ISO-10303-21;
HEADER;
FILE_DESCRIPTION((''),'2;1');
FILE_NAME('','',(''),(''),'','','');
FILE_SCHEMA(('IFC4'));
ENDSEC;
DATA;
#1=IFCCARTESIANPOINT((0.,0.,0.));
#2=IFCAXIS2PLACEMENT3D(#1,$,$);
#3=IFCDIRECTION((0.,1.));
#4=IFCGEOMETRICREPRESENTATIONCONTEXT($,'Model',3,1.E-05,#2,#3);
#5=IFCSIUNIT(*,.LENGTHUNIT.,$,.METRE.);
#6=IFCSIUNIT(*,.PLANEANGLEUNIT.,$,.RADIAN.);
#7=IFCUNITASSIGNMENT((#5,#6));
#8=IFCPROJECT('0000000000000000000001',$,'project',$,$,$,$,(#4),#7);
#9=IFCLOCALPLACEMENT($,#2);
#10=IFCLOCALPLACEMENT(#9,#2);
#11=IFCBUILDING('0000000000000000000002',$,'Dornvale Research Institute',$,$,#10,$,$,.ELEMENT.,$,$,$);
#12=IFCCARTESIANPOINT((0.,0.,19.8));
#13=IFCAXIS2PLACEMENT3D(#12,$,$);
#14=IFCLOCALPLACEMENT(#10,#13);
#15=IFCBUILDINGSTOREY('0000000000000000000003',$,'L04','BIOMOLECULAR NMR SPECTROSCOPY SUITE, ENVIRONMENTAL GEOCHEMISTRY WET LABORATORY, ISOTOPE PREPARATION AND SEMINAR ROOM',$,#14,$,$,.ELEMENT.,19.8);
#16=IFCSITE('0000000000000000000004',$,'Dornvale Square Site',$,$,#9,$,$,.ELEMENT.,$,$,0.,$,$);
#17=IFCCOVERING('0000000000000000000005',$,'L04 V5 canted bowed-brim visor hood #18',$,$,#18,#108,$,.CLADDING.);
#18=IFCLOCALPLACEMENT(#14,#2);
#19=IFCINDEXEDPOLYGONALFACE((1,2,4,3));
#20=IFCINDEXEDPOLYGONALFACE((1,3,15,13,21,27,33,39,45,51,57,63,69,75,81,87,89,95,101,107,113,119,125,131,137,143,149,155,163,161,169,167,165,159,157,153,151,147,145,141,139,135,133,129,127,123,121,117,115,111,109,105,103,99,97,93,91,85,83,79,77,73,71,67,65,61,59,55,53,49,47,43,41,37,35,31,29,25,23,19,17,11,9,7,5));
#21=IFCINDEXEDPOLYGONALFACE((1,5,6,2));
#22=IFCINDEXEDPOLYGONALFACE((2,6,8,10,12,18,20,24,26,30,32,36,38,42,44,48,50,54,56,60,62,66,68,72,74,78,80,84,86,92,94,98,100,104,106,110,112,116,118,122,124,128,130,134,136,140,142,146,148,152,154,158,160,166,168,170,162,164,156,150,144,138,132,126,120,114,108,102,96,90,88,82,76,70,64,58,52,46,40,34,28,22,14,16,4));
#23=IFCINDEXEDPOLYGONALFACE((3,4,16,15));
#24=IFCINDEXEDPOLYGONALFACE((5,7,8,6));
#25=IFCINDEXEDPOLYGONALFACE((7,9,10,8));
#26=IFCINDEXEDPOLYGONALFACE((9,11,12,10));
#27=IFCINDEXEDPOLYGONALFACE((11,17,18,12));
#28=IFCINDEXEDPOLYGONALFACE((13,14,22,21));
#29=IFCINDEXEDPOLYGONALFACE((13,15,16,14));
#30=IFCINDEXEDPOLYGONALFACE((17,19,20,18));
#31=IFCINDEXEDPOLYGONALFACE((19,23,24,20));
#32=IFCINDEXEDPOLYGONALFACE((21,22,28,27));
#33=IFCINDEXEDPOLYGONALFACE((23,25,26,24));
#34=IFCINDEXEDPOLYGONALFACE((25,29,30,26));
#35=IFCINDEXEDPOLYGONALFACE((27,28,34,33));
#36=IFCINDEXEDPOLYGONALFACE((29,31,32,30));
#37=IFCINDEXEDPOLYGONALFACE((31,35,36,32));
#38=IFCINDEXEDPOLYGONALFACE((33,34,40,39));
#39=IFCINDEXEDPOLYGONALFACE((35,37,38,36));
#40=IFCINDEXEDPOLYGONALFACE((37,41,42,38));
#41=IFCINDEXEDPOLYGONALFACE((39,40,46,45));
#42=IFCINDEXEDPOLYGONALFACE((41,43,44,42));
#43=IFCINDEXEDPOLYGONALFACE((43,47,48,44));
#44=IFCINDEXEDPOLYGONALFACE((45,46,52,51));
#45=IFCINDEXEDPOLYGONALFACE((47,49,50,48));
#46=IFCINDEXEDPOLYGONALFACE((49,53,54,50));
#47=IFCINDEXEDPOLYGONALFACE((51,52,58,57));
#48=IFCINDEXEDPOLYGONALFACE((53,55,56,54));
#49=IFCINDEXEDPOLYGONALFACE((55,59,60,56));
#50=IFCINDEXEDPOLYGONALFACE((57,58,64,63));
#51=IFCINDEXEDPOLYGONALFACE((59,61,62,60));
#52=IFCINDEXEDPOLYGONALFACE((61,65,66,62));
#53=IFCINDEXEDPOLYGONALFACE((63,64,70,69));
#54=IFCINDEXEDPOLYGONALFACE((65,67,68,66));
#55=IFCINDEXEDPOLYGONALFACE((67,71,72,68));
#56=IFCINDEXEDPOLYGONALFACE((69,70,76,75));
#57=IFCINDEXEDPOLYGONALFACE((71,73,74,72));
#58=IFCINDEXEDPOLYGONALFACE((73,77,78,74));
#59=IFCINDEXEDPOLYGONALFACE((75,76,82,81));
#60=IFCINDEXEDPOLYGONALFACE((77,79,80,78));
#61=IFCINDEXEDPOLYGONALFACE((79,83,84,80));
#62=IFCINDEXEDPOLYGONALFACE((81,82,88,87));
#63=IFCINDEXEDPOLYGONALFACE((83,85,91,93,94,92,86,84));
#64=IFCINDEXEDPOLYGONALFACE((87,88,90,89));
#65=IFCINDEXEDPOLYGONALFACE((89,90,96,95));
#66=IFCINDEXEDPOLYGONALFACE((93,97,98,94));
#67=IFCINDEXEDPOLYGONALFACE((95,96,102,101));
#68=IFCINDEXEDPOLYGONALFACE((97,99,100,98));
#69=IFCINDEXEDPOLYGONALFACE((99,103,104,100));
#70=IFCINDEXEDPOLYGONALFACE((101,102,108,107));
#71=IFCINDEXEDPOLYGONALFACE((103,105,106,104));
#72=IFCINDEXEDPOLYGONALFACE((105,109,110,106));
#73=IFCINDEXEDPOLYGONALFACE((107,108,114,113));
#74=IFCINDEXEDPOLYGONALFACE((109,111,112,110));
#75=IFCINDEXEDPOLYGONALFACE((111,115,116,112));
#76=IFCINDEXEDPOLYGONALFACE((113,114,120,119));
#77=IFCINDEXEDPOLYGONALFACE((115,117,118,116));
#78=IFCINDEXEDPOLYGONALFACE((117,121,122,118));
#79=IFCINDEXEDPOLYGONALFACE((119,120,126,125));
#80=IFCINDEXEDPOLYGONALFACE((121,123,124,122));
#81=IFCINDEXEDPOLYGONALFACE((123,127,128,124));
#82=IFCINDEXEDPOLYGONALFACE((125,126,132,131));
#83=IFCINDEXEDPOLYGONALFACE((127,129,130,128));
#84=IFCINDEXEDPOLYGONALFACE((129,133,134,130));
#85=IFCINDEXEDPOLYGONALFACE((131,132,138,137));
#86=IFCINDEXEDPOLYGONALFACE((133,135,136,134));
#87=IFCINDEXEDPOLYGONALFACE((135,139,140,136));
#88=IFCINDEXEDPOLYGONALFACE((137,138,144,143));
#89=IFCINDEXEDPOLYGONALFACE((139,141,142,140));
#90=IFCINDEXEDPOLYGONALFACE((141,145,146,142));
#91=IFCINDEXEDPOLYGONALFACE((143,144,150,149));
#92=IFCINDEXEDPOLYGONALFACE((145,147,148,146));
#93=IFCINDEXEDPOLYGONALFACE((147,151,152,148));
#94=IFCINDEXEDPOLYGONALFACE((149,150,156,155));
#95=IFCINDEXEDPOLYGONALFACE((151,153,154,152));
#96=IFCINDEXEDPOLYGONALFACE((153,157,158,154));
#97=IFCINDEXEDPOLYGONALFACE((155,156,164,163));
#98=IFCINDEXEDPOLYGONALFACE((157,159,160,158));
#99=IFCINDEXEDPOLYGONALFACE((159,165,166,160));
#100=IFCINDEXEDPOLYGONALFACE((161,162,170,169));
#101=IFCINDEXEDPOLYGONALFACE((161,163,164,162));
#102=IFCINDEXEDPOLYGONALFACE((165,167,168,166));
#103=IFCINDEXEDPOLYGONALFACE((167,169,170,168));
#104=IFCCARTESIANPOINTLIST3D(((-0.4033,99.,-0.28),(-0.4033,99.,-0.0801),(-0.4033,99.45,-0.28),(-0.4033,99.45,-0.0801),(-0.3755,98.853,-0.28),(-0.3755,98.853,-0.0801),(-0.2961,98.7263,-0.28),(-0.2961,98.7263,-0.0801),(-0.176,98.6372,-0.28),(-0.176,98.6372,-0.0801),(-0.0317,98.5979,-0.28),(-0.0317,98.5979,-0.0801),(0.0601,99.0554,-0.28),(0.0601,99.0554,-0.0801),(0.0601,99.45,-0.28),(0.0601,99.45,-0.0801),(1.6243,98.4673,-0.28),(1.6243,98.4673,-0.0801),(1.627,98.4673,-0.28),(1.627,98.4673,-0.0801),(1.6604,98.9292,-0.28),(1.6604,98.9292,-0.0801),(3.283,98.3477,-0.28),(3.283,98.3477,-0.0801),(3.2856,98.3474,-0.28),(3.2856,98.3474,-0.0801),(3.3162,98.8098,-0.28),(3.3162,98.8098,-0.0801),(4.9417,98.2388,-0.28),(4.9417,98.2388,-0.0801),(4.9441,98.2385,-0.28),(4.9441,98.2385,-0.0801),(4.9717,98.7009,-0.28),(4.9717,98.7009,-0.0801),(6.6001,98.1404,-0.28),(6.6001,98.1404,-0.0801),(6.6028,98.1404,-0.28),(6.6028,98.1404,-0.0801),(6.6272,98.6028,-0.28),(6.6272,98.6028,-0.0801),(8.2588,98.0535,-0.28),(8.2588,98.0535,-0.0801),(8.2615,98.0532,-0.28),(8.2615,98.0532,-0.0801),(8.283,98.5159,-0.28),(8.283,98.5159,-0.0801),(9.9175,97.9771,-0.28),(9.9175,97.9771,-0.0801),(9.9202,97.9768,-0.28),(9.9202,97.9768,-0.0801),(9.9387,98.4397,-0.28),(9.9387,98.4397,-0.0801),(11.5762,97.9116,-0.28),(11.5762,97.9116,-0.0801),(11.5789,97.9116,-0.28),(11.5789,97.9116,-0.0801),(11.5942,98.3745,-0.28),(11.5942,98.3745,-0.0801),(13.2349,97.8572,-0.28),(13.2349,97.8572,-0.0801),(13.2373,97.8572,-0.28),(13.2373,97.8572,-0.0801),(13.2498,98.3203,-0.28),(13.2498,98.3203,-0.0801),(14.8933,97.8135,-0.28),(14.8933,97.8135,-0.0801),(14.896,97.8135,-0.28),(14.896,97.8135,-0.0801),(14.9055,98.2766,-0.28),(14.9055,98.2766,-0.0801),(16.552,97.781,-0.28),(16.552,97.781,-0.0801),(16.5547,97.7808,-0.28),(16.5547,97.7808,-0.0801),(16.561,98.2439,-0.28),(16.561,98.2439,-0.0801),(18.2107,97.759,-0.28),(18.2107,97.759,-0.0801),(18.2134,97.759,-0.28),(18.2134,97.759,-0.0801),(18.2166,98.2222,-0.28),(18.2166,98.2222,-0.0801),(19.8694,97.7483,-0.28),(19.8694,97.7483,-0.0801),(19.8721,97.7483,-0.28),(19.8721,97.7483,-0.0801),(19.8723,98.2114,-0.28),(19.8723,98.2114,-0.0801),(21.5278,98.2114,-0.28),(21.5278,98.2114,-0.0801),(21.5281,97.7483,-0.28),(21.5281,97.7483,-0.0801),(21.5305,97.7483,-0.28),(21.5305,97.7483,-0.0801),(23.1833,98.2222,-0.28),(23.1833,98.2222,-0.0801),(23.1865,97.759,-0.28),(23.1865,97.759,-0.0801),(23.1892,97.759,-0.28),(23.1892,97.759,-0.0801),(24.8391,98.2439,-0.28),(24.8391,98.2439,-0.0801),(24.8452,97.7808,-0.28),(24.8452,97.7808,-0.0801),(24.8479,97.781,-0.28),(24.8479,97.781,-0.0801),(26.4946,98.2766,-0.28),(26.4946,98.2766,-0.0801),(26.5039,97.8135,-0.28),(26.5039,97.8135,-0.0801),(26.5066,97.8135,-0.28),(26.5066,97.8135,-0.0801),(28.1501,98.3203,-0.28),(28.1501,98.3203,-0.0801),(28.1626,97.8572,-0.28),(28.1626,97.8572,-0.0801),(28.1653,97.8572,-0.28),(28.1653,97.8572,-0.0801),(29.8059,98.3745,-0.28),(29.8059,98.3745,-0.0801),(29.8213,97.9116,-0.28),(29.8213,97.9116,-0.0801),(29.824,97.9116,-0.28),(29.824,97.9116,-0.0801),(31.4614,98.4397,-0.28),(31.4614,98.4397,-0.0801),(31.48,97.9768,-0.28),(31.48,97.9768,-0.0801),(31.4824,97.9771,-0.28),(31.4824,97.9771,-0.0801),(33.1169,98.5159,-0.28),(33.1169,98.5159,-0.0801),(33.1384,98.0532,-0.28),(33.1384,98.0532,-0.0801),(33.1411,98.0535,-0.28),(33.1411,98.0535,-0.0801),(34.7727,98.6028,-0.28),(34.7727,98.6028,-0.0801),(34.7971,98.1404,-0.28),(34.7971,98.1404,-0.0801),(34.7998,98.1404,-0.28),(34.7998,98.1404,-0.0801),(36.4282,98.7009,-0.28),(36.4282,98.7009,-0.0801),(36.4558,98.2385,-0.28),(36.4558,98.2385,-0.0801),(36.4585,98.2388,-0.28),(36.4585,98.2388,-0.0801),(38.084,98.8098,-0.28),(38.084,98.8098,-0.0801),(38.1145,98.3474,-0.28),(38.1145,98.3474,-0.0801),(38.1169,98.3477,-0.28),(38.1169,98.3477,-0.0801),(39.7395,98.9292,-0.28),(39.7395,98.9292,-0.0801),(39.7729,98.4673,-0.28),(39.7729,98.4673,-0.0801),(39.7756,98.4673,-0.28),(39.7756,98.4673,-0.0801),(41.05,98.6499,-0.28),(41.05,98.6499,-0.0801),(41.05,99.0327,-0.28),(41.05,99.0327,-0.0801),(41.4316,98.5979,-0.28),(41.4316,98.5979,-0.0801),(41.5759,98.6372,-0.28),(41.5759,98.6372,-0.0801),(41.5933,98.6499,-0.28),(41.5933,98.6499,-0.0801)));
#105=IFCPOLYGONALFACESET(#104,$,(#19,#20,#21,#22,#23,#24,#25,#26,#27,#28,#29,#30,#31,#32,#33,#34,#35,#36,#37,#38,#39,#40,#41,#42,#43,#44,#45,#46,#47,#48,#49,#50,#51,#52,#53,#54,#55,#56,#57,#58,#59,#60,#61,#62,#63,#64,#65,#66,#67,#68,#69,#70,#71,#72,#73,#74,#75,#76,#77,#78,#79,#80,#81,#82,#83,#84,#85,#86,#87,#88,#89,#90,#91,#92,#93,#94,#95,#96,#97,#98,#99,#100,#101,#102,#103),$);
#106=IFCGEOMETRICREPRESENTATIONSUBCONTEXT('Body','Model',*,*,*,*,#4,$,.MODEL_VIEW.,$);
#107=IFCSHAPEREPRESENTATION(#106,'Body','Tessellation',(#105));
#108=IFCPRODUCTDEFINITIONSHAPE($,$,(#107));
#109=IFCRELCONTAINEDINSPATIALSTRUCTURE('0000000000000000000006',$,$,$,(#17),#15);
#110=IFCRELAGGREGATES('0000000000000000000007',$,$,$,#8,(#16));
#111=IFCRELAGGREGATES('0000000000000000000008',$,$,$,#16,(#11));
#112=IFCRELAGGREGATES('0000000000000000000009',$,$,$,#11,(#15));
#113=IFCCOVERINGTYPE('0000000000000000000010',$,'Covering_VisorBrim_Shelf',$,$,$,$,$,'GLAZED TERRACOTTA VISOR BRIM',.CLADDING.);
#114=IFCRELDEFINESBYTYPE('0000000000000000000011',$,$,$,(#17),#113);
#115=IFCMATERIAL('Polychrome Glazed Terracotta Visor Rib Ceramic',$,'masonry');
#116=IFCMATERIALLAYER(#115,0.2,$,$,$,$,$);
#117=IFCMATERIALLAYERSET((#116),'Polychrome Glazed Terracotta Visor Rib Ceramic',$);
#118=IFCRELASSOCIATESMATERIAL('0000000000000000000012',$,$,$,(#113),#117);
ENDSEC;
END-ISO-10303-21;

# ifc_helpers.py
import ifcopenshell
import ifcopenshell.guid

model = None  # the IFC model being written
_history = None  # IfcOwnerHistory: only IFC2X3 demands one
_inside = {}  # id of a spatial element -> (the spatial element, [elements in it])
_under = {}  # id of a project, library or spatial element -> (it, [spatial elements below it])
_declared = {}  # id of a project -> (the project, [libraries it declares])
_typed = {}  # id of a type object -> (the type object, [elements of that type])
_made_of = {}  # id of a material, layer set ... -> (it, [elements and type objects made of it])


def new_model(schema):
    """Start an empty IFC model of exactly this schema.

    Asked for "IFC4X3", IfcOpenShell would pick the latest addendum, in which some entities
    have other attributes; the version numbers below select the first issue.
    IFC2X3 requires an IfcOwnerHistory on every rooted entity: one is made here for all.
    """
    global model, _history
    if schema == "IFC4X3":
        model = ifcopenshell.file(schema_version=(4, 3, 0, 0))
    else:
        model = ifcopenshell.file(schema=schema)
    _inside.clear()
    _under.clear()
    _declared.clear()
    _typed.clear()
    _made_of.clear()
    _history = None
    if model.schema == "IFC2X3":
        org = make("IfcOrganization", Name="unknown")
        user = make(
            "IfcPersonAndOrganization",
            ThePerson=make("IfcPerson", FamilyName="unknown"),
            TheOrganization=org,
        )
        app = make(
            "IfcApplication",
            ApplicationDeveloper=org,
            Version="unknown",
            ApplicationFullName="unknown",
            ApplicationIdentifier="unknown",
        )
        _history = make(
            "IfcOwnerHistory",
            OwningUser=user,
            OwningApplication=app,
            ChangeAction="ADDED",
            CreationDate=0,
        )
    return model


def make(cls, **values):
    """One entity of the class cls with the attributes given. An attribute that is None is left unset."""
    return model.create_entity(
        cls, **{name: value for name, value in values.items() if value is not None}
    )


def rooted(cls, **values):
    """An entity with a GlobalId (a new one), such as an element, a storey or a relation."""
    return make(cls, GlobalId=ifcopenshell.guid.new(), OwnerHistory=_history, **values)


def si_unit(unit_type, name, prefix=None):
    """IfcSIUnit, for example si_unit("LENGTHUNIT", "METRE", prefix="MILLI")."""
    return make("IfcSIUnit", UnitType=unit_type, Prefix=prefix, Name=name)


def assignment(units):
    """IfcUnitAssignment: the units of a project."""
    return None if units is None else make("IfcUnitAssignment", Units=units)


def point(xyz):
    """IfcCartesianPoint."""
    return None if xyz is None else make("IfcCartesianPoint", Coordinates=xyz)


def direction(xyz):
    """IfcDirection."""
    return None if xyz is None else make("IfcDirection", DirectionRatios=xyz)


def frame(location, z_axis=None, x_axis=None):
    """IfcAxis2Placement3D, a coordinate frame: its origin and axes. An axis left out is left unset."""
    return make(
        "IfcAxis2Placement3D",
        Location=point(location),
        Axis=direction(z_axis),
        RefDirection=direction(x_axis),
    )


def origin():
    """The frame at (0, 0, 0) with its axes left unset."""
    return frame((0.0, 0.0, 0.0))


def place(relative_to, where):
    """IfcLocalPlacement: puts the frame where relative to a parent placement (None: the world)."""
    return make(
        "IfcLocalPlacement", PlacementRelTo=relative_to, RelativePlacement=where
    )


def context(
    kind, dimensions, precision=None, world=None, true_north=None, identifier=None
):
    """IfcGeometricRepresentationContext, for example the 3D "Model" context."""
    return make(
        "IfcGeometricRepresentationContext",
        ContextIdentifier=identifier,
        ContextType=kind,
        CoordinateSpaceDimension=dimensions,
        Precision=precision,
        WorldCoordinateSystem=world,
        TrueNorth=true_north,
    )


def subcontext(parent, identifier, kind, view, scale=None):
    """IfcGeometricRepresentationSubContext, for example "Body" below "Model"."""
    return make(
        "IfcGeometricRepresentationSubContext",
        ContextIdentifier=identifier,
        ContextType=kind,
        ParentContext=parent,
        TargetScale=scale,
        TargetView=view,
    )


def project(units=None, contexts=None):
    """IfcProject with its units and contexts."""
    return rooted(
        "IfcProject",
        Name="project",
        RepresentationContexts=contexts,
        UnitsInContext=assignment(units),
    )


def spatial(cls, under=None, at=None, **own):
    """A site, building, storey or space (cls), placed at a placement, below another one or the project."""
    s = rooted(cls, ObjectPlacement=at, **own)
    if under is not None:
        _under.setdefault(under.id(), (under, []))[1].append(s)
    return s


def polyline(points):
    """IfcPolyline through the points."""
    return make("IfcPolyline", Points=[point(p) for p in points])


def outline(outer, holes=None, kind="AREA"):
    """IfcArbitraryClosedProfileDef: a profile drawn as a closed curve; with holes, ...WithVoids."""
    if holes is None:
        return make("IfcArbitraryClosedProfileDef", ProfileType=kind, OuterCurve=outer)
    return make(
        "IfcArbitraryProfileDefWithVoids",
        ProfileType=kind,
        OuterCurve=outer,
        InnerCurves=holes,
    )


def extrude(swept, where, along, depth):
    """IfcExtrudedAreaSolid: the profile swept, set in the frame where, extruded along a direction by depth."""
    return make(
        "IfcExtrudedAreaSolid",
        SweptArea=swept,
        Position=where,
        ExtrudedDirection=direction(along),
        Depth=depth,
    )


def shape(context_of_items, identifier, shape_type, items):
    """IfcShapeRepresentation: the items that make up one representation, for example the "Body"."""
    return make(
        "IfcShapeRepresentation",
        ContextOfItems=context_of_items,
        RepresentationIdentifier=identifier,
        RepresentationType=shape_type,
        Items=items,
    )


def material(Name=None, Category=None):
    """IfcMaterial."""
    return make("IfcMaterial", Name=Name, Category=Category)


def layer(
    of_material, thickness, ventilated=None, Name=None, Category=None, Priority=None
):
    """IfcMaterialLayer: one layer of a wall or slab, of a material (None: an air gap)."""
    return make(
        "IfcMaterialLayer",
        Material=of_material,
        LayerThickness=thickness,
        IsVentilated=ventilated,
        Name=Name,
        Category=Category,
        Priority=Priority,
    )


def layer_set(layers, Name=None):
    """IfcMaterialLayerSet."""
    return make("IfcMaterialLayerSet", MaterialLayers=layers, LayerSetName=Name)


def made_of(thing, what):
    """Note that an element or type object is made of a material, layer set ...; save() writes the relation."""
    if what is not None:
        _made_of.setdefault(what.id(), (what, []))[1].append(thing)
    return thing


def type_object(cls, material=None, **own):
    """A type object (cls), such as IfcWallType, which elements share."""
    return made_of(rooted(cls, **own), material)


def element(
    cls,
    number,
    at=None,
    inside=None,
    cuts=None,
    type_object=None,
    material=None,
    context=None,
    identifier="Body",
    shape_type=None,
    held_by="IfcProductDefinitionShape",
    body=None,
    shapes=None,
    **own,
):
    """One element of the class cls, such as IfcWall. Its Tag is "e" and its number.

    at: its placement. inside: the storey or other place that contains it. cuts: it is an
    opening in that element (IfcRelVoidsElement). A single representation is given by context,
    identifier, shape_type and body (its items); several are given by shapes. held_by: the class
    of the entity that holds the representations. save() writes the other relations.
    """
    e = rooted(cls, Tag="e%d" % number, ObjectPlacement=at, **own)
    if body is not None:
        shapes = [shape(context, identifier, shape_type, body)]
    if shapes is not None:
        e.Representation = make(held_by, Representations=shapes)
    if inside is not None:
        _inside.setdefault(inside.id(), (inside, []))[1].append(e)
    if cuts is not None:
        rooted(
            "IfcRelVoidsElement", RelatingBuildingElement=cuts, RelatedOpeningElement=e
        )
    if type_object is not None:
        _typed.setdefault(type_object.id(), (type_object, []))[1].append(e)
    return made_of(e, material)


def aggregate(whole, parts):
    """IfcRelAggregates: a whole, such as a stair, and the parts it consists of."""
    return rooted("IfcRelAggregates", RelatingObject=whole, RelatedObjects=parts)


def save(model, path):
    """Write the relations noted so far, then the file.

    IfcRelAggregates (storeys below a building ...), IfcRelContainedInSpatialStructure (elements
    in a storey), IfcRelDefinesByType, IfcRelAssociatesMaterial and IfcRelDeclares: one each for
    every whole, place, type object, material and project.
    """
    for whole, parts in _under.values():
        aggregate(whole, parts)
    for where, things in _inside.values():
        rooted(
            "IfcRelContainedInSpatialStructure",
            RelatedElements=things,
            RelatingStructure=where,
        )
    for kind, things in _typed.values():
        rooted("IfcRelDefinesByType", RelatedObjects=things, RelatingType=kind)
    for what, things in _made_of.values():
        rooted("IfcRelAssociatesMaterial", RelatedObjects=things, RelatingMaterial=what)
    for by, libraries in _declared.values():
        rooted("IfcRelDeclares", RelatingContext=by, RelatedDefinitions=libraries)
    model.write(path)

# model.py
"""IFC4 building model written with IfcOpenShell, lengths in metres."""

from ifc_helpers import new_model, si_unit, direction, frame, origin, place, context, subcontext, project, spatial, polyline, outline, extrude, material, layer, layer_set, type_object, element, save


model = new_model("IFC4")

# Units and contexts
model_context = context("Model", 3, precision=1e-05, world=origin(), true_north=direction((0.0, 1.0)))
body_context = subcontext(model_context, "Body", "Model", "MODEL_VIEW")
ifc_project = project(units=[si_unit("LENGTHUNIT", "METRE"), si_unit("PLANEANGLEUNIT", "RADIAN")], contexts=[model_context])

# Site, building, storey
site_placement = place(None, origin())
site = spatial("IfcSite", under=ifc_project, at=site_placement, Name="Dornvale Square Site", CompositionType="ELEMENT", RefElevation=0.0)
building_placement = place(site_placement, origin())
building = spatial("IfcBuilding", under=site, at=building_placement, Name="Dornvale Research Institute", CompositionType="ELEMENT")
storey_placement = place(building_placement, frame((0.0, 0.0, 19.8)))
storey = spatial("IfcBuildingStorey", under=building, at=storey_placement, Name="L04", Description="BIOMOLECULAR NMR SPECTROSCOPY SUITE, ENVIRONMENTAL GEOCHEMISTRY WET LABORATORY, ISOTOPE PREPARATION AND SEMINAR ROOM", CompositionType="ELEMENT", Elevation=19.8)

# Covering
ifc_material_1 = material(Name="Polychrome Glazed Terracotta Visor Rib Ceramic", Category="masonry")
ifc_layer_1 = layer(ifc_material_1, 0.2)
ifc_layer_set_1 = layer_set([ifc_layer_1], Name="Polychrome Glazed Terracotta Visor Rib Ceramic")
covering_type_1 = type_object("IfcCoveringType", Name="Covering_VisorBrim_Shelf", ElementType="GLAZED TERRACOTTA VISOR BRIM", PredefinedType="CLADDING", material=ifc_layer_set_1)
covering_1_placement = place(storey_placement, frame((0.0, 0.0, -0.28)))
element("IfcCovering", 1, at=covering_1_placement, inside=storey, type_object=covering_type_1, Name="L04 V5 canted bowed-brim visor hood #18", PredefinedType="CLADDING", context=body_context, shape_type="SweptSolid", body=[
    extrude(outline(polyline([(0.0601, 99.0554), (1.6604, 98.9292), (3.3162, 98.8098), (4.9717, 98.7009), (6.6272, 98.6028), (8.283, 98.5159), (9.9387, 98.4397), (11.5942, 98.3745), (13.2498, 98.3203), (14.9055, 98.2766), (16.561, 98.2439), (18.2166, 98.2222), (19.8723, 98.2114), (21.5278, 98.2114), (23.1833, 98.2222), (24.8391, 98.2439), (26.4946, 98.2766), (28.1501, 98.3203), (29.8059, 98.3745), (31.4614, 98.4397), (33.1169, 98.5159), (34.7727, 98.6028), (36.4282, 98.7009), (38.084, 98.8098), (39.7395, 98.9292), (41.05, 99.0327), (41.05, 98.6499), (41.5933, 98.6499), (41.5759, 98.6372), (41.4316, 98.5979), (39.7756, 98.4673), (39.7729, 98.4673), (38.1169, 98.3477), (38.1145, 98.3474), (36.4585, 98.2388), (36.4558, 98.2385), (34.7998, 98.1404), (34.7971, 98.1404), (33.1411, 98.0535), (33.1384, 98.0532), (31.4824, 97.9771), (31.48, 97.9768), (29.824, 97.9116), (29.8213, 97.9116), (28.1653, 97.8572), (28.1626, 97.8572), (26.5066, 97.8135), (26.5039, 97.8135), (24.8479, 97.781), (24.8452, 97.7808), (23.1892, 97.759), (23.1865, 97.759), (21.5305, 97.7483), (21.5281, 97.7483), (19.8721, 97.7483), (19.8694, 97.7483), (18.2134, 97.759), (18.2107, 97.759), (16.5547, 97.7808), (16.552, 97.781), (14.896, 97.8135), (14.8933, 97.8135), (13.2373, 97.8572), (13.2349, 97.8572), (11.5789, 97.9116), (11.5762, 97.9116), (9.9202, 97.9768), (9.9175, 97.9771), (8.2615, 98.0532), (8.2588, 98.0535), (6.6028, 98.1404), (6.6001, 98.1404), (4.9441, 98.2385), (4.9417, 98.2388), (3.2856, 98.3474), (3.283, 98.3477), (1.627, 98.4673), (1.6243, 98.4673), (-0.0317, 98.5979), (-0.176, 98.6372), (-0.2961, 98.7263), (-0.3755, 98.853), (-0.4033, 99.0), (-0.4033, 99.45), (0.0601, 99.45), (0.0601, 99.0554)])), origin(), (0.0, 0.0, 1.0), 0.2),
])

save(model, "model.ifc")
